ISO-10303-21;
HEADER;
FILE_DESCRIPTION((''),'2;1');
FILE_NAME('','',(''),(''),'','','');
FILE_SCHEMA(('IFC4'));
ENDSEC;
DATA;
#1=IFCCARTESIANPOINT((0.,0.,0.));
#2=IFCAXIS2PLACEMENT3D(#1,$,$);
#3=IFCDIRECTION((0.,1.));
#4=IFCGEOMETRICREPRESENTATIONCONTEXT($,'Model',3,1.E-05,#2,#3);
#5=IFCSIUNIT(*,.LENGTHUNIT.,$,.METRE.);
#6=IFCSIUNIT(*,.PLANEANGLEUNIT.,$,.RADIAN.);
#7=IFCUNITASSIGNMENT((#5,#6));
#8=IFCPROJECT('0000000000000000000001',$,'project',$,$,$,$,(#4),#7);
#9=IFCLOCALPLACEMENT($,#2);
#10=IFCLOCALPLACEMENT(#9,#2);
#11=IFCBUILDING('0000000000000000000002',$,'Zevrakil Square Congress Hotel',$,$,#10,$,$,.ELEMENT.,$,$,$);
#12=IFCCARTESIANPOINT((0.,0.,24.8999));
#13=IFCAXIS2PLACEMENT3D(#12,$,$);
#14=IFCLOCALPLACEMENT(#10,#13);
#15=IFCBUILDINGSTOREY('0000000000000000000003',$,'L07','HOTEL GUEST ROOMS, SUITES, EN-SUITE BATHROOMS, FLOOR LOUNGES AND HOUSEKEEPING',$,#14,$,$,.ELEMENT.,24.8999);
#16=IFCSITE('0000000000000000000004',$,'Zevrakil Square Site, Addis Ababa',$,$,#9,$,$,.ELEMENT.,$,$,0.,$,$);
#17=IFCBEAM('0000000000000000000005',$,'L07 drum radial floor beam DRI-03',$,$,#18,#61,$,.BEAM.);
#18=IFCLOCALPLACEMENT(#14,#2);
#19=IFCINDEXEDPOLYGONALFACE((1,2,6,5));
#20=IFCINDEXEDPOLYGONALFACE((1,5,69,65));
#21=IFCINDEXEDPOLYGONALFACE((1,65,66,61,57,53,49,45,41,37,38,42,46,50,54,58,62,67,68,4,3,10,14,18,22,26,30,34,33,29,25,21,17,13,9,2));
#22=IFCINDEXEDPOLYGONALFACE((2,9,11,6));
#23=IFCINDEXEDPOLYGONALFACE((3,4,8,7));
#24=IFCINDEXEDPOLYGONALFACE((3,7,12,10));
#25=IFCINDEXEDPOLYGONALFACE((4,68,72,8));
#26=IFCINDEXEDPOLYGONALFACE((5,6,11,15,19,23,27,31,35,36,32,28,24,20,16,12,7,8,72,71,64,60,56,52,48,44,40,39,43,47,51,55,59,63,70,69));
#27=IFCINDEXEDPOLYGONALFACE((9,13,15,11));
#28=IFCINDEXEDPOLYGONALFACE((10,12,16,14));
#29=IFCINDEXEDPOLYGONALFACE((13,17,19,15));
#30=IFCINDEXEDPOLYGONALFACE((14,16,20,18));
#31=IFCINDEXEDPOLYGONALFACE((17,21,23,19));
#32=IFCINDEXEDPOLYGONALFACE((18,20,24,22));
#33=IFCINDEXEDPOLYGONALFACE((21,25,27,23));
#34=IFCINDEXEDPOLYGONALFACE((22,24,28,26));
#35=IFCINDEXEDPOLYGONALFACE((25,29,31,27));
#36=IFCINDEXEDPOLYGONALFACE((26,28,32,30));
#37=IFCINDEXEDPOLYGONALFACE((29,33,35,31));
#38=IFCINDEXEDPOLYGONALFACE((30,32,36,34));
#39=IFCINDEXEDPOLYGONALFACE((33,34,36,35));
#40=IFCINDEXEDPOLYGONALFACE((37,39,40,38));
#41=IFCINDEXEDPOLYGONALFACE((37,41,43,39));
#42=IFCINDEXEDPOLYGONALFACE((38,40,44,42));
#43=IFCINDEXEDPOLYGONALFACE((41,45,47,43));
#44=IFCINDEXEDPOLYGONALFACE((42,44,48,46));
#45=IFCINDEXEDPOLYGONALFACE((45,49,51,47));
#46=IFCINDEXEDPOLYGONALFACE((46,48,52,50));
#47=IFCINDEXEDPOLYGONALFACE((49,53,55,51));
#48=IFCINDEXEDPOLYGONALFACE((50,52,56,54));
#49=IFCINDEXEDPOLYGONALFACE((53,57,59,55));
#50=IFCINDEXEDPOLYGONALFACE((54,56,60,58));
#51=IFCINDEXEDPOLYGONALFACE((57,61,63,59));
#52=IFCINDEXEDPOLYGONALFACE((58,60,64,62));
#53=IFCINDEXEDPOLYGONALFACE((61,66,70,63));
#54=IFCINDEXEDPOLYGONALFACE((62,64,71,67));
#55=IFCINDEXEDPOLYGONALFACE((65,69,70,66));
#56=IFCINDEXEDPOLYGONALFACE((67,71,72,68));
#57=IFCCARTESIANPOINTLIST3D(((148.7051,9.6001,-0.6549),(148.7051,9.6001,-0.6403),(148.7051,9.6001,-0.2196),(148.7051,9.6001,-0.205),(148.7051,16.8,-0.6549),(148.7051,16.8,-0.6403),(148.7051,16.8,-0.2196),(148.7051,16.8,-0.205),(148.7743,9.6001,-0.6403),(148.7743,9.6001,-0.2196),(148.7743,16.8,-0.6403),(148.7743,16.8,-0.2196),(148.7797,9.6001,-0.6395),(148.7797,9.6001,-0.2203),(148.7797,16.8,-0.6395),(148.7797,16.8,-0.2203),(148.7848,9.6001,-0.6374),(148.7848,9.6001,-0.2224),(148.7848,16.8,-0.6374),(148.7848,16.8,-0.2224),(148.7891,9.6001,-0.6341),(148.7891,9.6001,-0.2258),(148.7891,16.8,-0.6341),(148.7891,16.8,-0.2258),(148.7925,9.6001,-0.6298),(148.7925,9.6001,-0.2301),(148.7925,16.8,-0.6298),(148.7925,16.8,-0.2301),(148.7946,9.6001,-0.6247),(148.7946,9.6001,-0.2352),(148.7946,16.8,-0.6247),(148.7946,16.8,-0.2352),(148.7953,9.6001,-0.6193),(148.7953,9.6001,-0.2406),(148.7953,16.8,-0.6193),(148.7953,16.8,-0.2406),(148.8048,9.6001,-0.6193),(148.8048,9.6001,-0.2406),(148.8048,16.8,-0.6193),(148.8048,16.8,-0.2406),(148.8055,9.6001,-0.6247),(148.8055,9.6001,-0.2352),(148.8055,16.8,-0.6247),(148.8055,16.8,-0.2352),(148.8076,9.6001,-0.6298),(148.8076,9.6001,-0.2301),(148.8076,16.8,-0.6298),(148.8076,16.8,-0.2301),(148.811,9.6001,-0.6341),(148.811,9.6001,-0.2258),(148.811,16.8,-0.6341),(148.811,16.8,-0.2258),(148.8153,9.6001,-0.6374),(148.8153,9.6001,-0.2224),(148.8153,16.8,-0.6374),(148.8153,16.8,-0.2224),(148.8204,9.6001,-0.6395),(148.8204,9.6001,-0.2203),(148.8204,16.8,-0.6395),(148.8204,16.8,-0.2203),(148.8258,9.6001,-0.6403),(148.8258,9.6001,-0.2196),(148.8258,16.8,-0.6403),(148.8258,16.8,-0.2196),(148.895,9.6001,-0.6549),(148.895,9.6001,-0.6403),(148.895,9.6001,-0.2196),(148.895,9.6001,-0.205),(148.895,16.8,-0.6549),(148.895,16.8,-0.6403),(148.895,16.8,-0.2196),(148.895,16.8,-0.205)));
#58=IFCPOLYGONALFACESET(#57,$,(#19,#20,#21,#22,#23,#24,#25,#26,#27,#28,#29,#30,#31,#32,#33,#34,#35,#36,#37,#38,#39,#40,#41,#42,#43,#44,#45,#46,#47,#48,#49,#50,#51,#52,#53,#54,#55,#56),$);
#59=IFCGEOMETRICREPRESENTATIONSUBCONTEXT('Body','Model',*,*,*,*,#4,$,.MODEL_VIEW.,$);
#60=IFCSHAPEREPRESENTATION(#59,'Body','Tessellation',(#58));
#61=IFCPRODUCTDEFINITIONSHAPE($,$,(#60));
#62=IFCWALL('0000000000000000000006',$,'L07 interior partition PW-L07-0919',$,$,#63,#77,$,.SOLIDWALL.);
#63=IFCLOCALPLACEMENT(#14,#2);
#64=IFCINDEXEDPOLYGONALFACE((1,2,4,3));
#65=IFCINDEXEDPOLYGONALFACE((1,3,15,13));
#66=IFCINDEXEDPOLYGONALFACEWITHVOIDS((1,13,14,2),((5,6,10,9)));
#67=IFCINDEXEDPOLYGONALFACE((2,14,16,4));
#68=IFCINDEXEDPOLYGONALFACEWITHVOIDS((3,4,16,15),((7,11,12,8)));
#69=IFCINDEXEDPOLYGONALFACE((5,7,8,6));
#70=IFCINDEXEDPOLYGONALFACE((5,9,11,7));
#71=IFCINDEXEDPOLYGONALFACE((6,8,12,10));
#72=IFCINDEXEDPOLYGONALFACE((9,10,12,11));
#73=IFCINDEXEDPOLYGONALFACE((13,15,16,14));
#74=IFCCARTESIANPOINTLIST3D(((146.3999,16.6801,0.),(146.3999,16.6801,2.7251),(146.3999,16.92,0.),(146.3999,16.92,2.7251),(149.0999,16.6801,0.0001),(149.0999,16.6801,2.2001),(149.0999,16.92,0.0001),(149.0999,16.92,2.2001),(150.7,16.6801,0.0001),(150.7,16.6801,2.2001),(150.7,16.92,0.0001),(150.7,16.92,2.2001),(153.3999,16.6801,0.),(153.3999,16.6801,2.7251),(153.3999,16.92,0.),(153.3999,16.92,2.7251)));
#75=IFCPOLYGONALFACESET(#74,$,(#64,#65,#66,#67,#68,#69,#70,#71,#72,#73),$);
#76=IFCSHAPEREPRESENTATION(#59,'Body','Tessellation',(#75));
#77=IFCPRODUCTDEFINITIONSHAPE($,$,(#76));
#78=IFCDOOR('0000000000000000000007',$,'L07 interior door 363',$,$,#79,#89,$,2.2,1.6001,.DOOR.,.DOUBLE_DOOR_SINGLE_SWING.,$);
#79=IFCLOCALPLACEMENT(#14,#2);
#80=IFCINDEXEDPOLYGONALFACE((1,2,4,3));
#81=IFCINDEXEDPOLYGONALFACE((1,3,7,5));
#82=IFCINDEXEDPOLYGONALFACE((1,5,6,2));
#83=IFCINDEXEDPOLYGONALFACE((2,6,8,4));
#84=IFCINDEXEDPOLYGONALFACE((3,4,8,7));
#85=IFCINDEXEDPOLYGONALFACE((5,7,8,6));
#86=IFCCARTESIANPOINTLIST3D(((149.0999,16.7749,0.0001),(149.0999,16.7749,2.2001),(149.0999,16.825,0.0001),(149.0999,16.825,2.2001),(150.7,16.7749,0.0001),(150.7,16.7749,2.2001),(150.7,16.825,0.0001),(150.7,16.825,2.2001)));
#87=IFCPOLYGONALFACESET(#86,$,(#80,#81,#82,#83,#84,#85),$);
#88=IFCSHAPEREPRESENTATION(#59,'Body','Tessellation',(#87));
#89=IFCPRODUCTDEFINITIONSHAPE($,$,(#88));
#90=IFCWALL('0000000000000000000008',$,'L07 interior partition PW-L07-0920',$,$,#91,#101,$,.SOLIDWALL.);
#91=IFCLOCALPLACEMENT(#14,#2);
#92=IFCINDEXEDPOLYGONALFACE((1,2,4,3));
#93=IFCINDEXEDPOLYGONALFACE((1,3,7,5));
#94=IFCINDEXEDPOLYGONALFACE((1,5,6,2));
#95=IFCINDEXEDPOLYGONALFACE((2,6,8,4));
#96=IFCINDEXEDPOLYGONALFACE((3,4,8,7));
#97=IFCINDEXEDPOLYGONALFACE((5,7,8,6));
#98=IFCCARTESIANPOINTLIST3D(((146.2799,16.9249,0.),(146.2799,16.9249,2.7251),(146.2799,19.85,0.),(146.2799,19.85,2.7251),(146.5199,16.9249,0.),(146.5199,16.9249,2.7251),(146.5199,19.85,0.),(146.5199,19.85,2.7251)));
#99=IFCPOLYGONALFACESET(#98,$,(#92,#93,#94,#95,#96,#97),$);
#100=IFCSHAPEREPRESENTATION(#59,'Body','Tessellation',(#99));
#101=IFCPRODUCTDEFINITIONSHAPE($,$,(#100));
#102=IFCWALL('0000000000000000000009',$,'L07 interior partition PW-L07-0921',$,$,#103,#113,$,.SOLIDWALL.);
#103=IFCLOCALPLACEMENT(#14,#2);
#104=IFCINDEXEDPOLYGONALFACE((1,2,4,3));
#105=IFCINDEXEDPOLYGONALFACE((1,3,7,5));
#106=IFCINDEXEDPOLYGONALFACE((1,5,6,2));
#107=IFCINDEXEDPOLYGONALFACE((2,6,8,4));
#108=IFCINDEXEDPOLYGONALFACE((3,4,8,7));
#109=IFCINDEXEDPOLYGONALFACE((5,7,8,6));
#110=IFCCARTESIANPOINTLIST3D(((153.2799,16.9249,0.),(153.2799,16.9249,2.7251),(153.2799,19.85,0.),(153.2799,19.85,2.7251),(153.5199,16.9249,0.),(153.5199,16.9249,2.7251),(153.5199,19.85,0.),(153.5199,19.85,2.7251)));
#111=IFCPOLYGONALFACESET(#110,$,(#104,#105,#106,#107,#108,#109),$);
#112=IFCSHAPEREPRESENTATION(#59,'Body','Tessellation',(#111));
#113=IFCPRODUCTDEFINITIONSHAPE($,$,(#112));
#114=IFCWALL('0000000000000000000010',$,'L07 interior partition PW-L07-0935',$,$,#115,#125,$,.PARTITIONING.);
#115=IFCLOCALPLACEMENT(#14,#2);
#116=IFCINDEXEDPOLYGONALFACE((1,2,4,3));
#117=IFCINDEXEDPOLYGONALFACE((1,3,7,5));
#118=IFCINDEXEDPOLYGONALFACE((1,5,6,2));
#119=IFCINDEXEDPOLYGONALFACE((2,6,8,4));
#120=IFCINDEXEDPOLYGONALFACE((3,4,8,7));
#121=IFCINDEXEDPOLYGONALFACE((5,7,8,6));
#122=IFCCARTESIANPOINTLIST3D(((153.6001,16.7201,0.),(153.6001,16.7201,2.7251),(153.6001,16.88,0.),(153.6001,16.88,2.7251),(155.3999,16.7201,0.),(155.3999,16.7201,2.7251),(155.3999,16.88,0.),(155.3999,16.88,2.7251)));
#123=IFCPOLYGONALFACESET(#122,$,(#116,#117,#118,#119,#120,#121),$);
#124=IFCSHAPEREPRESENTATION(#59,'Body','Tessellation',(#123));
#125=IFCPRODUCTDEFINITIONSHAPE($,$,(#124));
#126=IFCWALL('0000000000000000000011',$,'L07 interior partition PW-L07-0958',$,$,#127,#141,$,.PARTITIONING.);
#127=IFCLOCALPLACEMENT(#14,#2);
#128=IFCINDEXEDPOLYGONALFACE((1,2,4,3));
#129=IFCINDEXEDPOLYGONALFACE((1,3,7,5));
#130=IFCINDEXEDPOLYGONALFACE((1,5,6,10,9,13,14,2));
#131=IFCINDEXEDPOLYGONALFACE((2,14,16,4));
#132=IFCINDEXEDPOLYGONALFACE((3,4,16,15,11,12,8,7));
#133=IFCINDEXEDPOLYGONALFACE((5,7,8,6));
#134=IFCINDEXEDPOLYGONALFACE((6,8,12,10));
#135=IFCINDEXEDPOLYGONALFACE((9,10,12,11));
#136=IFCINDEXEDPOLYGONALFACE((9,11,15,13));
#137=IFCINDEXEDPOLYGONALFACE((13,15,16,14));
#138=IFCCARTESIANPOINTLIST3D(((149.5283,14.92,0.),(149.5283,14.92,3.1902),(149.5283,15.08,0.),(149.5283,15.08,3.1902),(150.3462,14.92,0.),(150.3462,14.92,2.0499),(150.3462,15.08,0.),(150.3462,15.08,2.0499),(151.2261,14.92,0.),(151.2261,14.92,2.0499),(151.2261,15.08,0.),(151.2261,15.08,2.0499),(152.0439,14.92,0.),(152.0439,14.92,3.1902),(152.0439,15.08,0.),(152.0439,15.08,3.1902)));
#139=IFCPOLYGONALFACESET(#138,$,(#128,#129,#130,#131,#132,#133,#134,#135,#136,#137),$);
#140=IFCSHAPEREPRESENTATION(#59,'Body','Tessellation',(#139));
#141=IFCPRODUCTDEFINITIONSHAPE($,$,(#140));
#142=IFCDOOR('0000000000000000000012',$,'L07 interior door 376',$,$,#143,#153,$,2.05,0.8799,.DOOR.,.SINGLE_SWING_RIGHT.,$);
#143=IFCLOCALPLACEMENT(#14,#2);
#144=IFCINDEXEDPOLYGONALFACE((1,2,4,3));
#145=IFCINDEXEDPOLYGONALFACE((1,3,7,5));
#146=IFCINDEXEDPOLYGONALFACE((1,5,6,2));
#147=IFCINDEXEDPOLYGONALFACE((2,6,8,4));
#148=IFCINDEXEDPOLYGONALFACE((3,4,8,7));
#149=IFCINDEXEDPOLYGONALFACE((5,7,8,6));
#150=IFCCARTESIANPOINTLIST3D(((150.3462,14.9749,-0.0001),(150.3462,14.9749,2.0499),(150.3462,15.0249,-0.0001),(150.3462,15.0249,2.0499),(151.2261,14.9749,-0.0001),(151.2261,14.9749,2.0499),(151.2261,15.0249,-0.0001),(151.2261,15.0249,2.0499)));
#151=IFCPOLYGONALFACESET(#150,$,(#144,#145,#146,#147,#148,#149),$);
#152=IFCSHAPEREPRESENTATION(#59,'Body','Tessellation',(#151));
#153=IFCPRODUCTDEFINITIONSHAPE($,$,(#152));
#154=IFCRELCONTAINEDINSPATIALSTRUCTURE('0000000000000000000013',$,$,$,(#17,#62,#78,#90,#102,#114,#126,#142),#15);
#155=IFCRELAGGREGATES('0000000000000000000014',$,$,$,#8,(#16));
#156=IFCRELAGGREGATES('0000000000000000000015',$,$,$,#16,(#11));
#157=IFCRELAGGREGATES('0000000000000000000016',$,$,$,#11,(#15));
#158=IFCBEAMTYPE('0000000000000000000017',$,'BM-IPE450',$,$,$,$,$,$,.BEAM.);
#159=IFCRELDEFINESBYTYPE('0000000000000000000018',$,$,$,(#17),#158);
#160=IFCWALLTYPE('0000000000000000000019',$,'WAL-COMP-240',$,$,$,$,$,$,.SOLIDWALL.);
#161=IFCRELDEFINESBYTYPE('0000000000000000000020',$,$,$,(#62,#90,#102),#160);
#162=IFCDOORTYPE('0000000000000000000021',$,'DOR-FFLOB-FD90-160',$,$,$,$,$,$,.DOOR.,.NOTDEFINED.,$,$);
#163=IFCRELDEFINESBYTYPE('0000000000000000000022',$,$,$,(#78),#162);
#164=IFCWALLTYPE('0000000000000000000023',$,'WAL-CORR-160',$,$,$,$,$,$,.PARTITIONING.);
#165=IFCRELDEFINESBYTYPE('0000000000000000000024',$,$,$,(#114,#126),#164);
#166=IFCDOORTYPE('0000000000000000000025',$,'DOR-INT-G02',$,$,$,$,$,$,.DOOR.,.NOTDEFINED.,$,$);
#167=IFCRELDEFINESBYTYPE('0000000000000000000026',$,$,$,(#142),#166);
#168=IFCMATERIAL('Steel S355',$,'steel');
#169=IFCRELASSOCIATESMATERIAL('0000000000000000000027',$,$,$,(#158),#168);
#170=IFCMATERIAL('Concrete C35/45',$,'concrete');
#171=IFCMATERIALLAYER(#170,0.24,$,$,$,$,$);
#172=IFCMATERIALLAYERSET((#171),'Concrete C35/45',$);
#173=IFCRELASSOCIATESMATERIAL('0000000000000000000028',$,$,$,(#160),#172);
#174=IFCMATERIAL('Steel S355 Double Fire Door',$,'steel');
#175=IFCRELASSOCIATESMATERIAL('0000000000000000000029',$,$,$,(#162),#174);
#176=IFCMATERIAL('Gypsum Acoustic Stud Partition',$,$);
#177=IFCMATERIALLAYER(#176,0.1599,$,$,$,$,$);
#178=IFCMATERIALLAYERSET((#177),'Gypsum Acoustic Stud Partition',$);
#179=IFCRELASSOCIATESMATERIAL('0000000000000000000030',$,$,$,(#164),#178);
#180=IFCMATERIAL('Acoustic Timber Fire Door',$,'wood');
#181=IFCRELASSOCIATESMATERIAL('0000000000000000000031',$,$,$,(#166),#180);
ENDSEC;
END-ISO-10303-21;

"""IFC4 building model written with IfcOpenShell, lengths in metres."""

from ifc_helpers import new_model, si_unit, direction, frame, frame_2d, origin, origin_2d, place, context, subcontext, project, spatial, rectangle, i_section, extrude, material, layer, layer_set, material_profile, profile_set, type_object, element, fill, save


model = new_model("IFC4")

# Units and contexts
model_context = context("Model", 3, precision=1e-05, world=origin(), true_north=direction((0.0, 1.0)))
body_context = subcontext(model_context, "Body", "Model", "MODEL_VIEW")
ifc_project = project(units=[si_unit("LENGTHUNIT", "METRE"), si_unit("PLANEANGLEUNIT", "RADIAN")], contexts=[model_context])

# Site, building, storey
site_placement = place(None, origin())
site = spatial("IfcSite", under=ifc_project, at=site_placement, Name="Zevrakil Square Site, Addis Ababa", CompositionType="ELEMENT", RefElevation=0.0)
building_placement = place(site_placement, origin())
building = spatial("IfcBuilding", under=site, at=building_placement, Name="Zevrakil Square Congress Hotel", CompositionType="ELEMENT")
storey_placement = place(building_placement, frame((0.0, 0.0, 24.8999)))
storey = spatial("IfcBuildingStorey", under=building, at=storey_placement, Name="L07", Description="HOTEL GUEST ROOMS, SUITES, EN-SUITE BATHROOMS, FLOOR LOUNGES AND HOUSEKEEPING", CompositionType="ELEMENT", Elevation=24.8999)

# Beam
ifc_material_1 = material(Name="Steel S355", Category="steel")
ifc_material_profile = material_profile(ifc_material_1, i_section(OverallWidth=0.1899, OverallDepth=0.45, WebThickness=0.0095, FlangeThickness=0.0146, FilletRadius=0.021, at=origin_2d()), Name="IPE 450")
ifc_profile_set = profile_set([ifc_material_profile], Name="Steel S355")
beam_type = type_object("IfcBeamType", Name="BM-IPE450", PredefinedType="BEAM", material=ifc_profile_set)
beam_placement = place(storey_placement, frame((148.8, 16.8, -0.4299), z_axis=(0.0, -1.0, 0.0), x_axis=(1.0, 0.0, 0.0)))
element("IfcBeam", 1, at=beam_placement, inside=storey, type_object=beam_type, Name="L07 drum radial floor beam DRI-03", PredefinedType="BEAM", context=body_context, shape_type="SweptSolid", body=[
    extrude(i_section(OverallWidth=0.1899, OverallDepth=0.45, WebThickness=0.0095, FlangeThickness=0.0146, FilletRadius=0.021, at=origin_2d()), origin(), (0.0, 0.0, 1.0), 7.2),
])

# Wall, opening, door
ifc_material_2 = material(Name="Concrete C35/45", Category="concrete")
ifc_layer_1 = layer(ifc_material_2, 0.24)
ifc_layer_set_1 = layer_set([ifc_layer_1], Name="Concrete C35/45")
wall_type_1 = type_object("IfcWallType", Name="WAL-COMP-240", PredefinedType="SOLIDWALL", material=ifc_layer_set_1)
wall_1_placement = place(storey_placement, frame((146.3999, 16.8, 0.0), z_axis=(0.0, 0.0, 1.0), x_axis=(1.0, 0.0, 0.0)))
wall_1 = element("IfcWall", 2, at=wall_1_placement, inside=storey, type_object=wall_type_1, Name="L07 interior partition PW-L07-0919", PredefinedType="SOLIDWALL", context=body_context, shape_type="SweptSolid", body=[
    extrude(rectangle(XDim=7.0, YDim=0.24, at=frame_2d((3.5, 0.0))), origin(), (0.0, 0.0, 1.0), 2.7251),
])
opening_1_placement = place(wall_1_placement, frame((2.7, 0.0, 0.0)))
opening_1 = element("IfcOpeningElement", 3, at=opening_1_placement, cuts=wall_1, PredefinedType="OPENING", context=body_context, shape_type="SweptSolid", body=[
    extrude(rectangle(XDim=1.6001, YDim=2.2, at=frame_2d((0.8, 1.1001))), frame((0.0, 0.1299, 0.0), z_axis=(0.0, -1.0, 0.0), x_axis=(1.0, 0.0, 0.0)), (0.0, 0.0, 1.0), 0.26),
])
ifc_material_3 = material(Name="Steel S355 Double Fire Door", Category="steel")
door_type_1 = type_object("IfcDoorType", Name="DOR-FFLOB-FD90-160", OperationType="NOTDEFINED", PredefinedType="DOOR", material=ifc_material_3)
door_1_placement = place(opening_1_placement, origin())
door_1 = element("IfcDoor", 4, at=door_1_placement, inside=storey, type_object=door_type_1, Name="L07 interior door 363", OperationType="DOUBLE_DOOR_SINGLE_SWING", OverallHeight=2.2, OverallWidth=1.6001, PredefinedType="DOOR", context=body_context, shape_type="SweptSolid", body=[
    extrude(rectangle(XDim=1.6001, YDim=2.2, at=frame_2d((0.8, 1.1001))), frame((0.0, 0.0249, 0.0), z_axis=(0.0, -1.0, 0.0), x_axis=(1.0, 0.0, 0.0)), (0.0, 0.0, 1.0), 0.05),
])
fill(opening_1, door_1)

# Walls
for number, where, z_axis, x_axis, name in (
    (5, (146.3999, 16.925, 0.0), (0.0, 0.0, 1.0), (0.0, 1.0, 0.0), "L07 interior partition PW-L07-0920"),
    (6, (153.3999, 16.925, 0.0), (0.0, 0.0, 1.0), (0.0, 1.0, 0.0), "L07 interior partition PW-L07-0921"),
):
    element("IfcWall", number, at=place(storey_placement, frame(where, z_axis=z_axis, x_axis=x_axis)), inside=storey, type_object=wall_type_1, Name=name, PredefinedType="SOLIDWALL", context=body_context, shape_type="SweptSolid", body=[
        extrude(rectangle(XDim=2.925, YDim=0.24, at=frame_2d((1.4624, 0.0))), origin(), (0.0, 0.0, 1.0), 2.7251),
    ])
ifc_material_4 = material(Name="Gypsum Acoustic Stud Partition")
ifc_layer_2 = layer(ifc_material_4, 0.1599)
ifc_layer_set_2 = layer_set([ifc_layer_2], Name="Gypsum Acoustic Stud Partition")
wall_type_2 = type_object("IfcWallType", Name="WAL-CORR-160", PredefinedType="PARTITIONING", material=ifc_layer_set_2)
wall_2_placement = place(storey_placement, frame((153.6001, 16.8, 0.0), z_axis=(0.0, 0.0, 1.0), x_axis=(1.0, 0.0, 0.0)))
element("IfcWall", 7, at=wall_2_placement, inside=storey, type_object=wall_type_2, Name="L07 interior partition PW-L07-0935", PredefinedType="PARTITIONING", context=body_context, shape_type="SweptSolid", body=[
    extrude(rectangle(XDim=1.7998, YDim=0.1599, at=frame_2d((0.8999, 0.0))), origin(), (0.0, 0.0, 1.0), 2.7251),
])

# Wall, opening, door
wall_3_placement = place(storey_placement, frame((149.5283, 15.0, 0.0), z_axis=(0.0, 0.0, 1.0), x_axis=(1.0, 0.0, 0.0)))
wall_3 = element("IfcWall", 8, at=wall_3_placement, inside=storey, type_object=wall_type_2, Name="L07 interior partition PW-L07-0958", PredefinedType="PARTITIONING", context=body_context, shape_type="SweptSolid", body=[
    extrude(rectangle(XDim=2.5156, YDim=0.1599, at=frame_2d((1.2578, 0.0))), origin(), (0.0, 0.0, 1.0), 3.1902),
])
opening_2_placement = place(wall_3_placement, frame((0.8179, 0.0, 0.0)))
opening_2 = element("IfcOpeningElement", 9, at=opening_2_placement, cuts=wall_3, PredefinedType="OPENING", context=body_context, shape_type="SweptSolid", body=[
    extrude(rectangle(XDim=0.8799, YDim=2.05, at=frame_2d((0.4399, 1.0249))), frame((0.0, 0.0898, 0.0), z_axis=(0.0, -1.0, 0.0), x_axis=(1.0, 0.0, 0.0)), (0.0, 0.0, 1.0), 0.1799),
])
ifc_material_5 = material(Name="Acoustic Timber Fire Door", Category="wood")
door_type_2 = type_object("IfcDoorType", Name="DOR-INT-G02", OperationType="NOTDEFINED", PredefinedType="DOOR", material=ifc_material_5)
door_2_placement = place(opening_2_placement, origin())
door_2 = element("IfcDoor", 10, at=door_2_placement, inside=storey, type_object=door_type_2, Name="L07 interior door 376", OperationType="SINGLE_SWING_RIGHT", OverallHeight=2.05, OverallWidth=0.8799, PredefinedType="DOOR", context=body_context, shape_type="SweptSolid", body=[
    extrude(rectangle(XDim=0.8799, YDim=2.05, at=frame_2d((0.4399, 1.0249))), frame((0.0, 0.0249, 0.0), z_axis=(0.0, -1.0, 0.0), x_axis=(1.0, 0.0, 0.0)), (0.0, 0.0, 1.0), 0.05),
])
fill(opening_2, door_2)

save(model, "model.ifc")
